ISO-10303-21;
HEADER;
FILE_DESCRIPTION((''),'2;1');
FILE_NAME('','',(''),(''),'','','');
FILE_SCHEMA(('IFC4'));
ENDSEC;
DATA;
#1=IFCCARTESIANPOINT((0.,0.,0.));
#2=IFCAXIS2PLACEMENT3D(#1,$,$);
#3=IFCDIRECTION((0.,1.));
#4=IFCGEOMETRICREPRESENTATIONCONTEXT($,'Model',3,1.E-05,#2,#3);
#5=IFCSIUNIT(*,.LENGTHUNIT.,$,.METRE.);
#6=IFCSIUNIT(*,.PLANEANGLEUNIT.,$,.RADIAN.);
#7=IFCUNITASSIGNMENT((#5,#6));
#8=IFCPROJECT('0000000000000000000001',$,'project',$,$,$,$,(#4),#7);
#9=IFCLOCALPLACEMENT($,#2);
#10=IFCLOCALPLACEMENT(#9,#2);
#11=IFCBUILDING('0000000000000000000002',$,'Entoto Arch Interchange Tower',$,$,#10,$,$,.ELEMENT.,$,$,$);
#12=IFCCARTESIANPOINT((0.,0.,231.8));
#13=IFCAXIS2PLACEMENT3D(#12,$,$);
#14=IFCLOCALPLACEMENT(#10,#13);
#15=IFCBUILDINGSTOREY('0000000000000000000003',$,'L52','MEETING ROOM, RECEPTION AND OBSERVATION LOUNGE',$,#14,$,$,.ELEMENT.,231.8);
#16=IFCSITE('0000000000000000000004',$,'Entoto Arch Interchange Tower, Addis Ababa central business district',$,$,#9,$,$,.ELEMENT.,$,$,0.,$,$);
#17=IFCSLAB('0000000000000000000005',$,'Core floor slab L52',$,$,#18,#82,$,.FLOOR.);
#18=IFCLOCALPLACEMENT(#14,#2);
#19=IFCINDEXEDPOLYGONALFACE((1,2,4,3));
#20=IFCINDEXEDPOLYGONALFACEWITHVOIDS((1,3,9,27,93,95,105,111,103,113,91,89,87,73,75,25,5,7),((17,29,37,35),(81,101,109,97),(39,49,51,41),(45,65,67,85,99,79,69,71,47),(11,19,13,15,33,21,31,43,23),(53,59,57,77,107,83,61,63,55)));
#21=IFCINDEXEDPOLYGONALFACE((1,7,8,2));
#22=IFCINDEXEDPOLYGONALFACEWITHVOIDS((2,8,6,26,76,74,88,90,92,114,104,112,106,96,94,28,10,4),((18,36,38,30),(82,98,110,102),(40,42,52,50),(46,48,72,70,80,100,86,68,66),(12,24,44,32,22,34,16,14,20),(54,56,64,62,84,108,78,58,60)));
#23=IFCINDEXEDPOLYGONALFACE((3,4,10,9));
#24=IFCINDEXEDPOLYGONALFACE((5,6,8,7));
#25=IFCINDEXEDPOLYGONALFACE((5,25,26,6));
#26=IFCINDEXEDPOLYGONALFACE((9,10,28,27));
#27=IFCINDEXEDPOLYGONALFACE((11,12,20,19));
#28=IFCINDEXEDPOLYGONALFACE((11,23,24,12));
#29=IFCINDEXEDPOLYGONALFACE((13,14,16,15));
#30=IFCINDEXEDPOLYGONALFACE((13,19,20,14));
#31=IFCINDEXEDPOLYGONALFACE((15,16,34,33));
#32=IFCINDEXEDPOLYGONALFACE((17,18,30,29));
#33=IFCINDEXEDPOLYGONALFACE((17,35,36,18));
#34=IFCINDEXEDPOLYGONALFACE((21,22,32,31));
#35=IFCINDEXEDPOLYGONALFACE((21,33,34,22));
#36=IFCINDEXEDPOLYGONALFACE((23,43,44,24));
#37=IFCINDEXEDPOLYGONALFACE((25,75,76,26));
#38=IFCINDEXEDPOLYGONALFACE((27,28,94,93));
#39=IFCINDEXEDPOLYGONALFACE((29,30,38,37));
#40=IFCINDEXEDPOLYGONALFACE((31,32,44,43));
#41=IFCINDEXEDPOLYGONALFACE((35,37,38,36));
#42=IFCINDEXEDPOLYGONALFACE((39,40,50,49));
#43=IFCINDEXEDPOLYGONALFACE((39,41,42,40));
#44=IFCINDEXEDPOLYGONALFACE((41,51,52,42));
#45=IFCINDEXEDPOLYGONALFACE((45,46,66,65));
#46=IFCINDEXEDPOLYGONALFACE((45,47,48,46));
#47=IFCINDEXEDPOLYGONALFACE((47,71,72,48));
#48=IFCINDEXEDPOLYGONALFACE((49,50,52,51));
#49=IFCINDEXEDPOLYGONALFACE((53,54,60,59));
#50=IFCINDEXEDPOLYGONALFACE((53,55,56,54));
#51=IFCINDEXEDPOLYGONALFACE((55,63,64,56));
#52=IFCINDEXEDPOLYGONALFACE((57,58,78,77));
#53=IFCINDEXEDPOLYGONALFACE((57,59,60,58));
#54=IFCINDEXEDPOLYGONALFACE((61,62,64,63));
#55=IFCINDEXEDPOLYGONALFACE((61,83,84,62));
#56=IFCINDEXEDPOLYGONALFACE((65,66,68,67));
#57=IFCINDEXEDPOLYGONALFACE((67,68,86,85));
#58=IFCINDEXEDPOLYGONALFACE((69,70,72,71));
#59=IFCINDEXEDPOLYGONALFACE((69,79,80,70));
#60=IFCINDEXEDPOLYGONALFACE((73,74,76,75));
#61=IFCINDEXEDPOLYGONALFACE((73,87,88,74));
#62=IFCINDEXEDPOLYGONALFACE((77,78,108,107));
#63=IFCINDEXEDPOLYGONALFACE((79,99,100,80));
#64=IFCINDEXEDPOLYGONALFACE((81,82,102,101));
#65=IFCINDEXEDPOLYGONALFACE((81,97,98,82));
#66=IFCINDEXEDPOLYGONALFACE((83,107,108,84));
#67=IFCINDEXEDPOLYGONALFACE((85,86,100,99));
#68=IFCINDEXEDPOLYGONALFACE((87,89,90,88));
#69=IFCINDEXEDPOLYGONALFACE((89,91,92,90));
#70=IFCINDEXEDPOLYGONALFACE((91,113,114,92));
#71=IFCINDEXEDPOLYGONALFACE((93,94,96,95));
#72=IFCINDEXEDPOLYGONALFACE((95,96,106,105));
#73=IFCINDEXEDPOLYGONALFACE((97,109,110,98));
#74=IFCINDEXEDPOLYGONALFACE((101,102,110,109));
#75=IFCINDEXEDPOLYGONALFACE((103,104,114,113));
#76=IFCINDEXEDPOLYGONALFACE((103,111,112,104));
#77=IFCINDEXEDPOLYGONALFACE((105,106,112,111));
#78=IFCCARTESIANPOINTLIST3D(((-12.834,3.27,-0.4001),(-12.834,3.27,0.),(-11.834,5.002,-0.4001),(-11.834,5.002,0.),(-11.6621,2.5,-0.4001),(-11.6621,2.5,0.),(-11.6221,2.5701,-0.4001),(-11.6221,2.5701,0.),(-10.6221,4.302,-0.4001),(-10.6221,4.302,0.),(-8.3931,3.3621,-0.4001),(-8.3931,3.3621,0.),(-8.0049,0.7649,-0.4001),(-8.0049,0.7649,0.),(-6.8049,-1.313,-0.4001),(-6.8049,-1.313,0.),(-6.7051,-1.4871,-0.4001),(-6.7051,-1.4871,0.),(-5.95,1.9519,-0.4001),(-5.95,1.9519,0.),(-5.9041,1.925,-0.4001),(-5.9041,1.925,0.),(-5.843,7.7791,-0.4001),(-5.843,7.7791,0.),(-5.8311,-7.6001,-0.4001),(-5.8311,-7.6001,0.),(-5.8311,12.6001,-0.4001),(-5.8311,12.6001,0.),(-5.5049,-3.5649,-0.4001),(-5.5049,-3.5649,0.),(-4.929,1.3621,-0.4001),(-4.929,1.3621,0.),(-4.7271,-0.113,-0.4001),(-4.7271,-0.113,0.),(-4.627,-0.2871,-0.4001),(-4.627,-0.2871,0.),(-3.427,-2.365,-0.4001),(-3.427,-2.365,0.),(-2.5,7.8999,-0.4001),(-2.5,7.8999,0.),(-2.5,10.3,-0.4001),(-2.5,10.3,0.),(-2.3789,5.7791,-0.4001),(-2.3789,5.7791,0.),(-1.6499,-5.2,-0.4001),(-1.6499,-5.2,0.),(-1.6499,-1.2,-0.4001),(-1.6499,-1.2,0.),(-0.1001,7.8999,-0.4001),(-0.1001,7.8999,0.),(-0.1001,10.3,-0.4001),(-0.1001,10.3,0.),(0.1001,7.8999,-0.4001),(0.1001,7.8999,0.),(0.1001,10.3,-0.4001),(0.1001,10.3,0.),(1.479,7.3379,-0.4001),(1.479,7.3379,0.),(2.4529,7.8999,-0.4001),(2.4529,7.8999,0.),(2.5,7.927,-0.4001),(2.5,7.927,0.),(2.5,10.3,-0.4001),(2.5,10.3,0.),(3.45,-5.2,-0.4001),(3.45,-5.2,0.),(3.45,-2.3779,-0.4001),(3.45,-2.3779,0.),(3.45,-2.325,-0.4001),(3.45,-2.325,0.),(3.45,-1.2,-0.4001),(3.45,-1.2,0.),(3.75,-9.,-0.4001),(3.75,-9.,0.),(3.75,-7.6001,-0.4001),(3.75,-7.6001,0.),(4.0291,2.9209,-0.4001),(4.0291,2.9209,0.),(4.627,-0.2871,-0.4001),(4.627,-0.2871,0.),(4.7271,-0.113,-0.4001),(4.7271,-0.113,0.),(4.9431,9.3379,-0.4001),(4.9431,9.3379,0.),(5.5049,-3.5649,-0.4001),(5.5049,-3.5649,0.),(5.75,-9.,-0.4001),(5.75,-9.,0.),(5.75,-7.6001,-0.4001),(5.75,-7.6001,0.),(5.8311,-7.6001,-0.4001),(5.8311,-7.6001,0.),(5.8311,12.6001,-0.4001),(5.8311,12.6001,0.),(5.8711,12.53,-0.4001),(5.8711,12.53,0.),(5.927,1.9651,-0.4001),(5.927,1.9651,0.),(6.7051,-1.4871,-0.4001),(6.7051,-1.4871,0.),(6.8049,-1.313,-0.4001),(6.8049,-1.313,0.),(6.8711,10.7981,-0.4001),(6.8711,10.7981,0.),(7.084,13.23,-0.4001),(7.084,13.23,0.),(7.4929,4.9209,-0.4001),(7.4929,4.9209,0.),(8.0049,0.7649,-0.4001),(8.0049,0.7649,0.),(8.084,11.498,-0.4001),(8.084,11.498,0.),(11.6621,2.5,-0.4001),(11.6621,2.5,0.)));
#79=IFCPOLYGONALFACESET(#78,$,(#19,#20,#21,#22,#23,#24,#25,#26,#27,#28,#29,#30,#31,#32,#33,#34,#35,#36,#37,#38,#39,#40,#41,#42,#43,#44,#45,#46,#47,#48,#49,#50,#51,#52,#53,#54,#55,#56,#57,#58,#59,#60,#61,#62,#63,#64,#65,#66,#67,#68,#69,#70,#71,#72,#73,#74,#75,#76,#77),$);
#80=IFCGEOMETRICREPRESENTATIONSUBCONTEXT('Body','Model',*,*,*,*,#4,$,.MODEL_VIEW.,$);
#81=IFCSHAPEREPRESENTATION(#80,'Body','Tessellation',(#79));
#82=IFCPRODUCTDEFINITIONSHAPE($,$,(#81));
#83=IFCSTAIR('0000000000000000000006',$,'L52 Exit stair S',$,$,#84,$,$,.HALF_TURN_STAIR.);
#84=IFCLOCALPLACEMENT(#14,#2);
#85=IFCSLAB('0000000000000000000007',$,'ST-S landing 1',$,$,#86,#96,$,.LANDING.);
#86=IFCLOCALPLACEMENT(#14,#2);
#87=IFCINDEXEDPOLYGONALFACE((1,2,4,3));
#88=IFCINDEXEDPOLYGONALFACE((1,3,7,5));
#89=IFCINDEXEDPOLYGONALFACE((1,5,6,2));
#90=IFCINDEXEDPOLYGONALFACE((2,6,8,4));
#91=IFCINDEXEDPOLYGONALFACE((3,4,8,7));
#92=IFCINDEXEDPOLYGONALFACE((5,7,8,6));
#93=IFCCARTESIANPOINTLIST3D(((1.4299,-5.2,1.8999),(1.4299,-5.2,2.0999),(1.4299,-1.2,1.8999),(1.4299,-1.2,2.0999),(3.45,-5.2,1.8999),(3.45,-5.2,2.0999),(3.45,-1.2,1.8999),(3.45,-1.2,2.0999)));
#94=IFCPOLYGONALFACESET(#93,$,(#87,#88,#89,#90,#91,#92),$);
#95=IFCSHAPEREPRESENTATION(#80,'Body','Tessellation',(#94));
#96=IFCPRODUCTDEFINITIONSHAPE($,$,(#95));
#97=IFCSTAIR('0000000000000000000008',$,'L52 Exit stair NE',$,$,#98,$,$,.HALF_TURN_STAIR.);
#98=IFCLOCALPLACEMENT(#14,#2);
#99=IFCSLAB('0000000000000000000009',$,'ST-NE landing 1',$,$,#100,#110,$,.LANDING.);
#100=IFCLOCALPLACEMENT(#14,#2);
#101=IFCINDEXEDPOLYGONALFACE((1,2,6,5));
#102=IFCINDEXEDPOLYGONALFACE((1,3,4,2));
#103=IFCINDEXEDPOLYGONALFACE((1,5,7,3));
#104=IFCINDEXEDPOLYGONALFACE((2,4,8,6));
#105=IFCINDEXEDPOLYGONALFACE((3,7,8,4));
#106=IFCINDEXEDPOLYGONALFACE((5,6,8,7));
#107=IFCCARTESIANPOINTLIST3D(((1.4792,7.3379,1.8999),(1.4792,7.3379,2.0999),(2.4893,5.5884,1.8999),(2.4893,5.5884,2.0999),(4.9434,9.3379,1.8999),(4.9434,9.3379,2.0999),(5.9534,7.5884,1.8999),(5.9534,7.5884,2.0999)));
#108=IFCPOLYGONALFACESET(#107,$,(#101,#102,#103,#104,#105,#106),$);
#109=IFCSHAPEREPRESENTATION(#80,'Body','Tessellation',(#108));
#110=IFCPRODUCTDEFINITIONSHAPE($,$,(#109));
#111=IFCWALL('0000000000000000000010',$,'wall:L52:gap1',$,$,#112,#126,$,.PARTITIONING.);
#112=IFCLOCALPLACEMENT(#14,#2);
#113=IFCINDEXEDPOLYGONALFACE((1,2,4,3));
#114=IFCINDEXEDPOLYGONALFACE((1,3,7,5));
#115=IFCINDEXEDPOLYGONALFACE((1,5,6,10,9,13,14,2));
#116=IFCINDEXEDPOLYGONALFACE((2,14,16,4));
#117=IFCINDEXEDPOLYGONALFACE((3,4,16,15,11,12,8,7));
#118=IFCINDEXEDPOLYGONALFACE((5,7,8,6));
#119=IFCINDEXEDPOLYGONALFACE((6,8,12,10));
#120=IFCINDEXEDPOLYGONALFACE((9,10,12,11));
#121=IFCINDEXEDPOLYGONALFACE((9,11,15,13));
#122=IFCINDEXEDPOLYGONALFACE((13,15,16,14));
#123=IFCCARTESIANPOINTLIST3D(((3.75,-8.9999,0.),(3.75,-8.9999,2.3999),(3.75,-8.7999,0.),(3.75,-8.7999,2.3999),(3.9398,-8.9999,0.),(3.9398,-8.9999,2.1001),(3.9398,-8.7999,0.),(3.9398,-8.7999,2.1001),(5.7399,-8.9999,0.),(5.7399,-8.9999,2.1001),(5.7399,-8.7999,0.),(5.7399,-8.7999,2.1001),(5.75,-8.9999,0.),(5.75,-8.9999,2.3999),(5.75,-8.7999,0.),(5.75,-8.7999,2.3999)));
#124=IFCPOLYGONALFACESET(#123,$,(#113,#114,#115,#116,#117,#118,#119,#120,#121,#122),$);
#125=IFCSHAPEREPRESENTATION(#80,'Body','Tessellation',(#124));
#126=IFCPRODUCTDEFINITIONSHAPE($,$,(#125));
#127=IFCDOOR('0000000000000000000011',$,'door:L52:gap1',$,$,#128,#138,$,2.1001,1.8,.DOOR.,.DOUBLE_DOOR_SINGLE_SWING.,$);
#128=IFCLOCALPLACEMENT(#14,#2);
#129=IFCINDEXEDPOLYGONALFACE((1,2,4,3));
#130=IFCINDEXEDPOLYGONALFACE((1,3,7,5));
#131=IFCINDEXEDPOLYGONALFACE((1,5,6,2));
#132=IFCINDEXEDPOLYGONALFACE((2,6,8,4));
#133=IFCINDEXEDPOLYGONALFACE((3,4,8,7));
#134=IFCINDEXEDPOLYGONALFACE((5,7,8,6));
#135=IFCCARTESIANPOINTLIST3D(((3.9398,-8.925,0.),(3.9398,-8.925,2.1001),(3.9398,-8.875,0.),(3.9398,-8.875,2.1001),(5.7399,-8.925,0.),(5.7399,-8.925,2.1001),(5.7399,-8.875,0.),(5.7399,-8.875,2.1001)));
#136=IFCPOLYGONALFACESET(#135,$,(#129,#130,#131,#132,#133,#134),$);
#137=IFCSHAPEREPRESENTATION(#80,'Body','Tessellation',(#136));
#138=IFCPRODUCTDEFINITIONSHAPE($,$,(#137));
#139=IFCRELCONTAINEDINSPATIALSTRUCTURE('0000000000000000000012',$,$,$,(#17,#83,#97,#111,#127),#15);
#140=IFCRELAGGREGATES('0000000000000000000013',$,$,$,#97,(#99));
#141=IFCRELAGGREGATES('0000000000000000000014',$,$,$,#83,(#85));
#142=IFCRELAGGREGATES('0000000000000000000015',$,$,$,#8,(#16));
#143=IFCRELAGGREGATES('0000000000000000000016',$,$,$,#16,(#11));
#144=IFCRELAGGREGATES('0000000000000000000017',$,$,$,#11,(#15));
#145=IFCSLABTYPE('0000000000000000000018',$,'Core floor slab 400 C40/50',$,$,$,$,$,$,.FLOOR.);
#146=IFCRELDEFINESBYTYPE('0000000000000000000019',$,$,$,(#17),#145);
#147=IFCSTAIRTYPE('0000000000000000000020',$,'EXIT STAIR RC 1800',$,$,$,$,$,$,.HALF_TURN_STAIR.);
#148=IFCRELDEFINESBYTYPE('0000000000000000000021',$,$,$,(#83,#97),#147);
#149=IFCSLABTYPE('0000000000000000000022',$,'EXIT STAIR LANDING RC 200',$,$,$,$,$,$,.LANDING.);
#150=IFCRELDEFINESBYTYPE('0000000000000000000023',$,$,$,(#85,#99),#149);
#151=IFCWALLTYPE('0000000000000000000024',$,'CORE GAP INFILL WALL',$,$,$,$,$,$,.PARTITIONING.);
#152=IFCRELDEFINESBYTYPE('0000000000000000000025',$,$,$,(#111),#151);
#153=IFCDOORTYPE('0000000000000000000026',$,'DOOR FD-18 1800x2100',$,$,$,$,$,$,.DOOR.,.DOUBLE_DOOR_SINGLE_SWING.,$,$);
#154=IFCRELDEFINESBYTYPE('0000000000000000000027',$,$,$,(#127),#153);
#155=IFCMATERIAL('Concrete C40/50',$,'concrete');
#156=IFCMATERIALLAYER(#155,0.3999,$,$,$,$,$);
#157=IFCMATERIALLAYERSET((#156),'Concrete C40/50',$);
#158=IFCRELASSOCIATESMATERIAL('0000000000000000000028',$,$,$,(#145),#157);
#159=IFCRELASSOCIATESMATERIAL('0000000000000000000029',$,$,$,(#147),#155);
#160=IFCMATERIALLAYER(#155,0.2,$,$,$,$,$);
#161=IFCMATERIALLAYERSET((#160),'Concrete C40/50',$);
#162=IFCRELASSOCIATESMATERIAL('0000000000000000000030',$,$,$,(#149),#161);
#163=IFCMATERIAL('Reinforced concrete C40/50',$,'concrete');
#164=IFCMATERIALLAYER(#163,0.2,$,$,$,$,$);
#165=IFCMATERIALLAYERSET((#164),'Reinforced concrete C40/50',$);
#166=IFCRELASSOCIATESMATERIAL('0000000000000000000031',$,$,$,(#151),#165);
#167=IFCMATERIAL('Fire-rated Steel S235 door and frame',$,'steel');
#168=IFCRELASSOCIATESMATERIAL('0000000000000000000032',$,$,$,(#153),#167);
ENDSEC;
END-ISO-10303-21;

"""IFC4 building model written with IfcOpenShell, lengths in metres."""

from ifc_helpers import new_model, si_unit, direction, frame, frame_2d, origin, place, context, subcontext, project, spatial, polyline, rectangle, outline, extrude, material, layer, layer_set, type_object, element, fill, aggregate, save


model = new_model("IFC4")

# Units and contexts
model_context = context("Model", 3, precision=1e-05, world=origin(), true_north=direction((0.0, 1.0)))
body_context = subcontext(model_context, "Body", "Model", "MODEL_VIEW")
ifc_project = project(units=[si_unit("LENGTHUNIT", "METRE"), si_unit("PLANEANGLEUNIT", "RADIAN")], contexts=[model_context])

# Site, building, storey
site_placement = place(None, origin())
site = spatial("IfcSite", under=ifc_project, at=site_placement, Name="Entoto Arch Interchange Tower, Addis Ababa central business district", CompositionType="ELEMENT", RefElevation=0.0)
building_placement = place(site_placement, origin())
building = spatial("IfcBuilding", under=site, at=building_placement, Name="Entoto Arch Interchange Tower", CompositionType="ELEMENT")
storey_placement = place(building_placement, frame((0.0, 0.0, 231.8)))
storey = spatial("IfcBuildingStorey", under=building, at=storey_placement, Name="L52", Description="MEETING ROOM, RECEPTION AND OBSERVATION LOUNGE", CompositionType="ELEMENT", Elevation=231.8)

# Slab
ifc_material_1 = material(Name="Concrete C40/50", Category="concrete")
ifc_layer_1 = layer(ifc_material_1, 0.3999)
ifc_layer_set_1 = layer_set([ifc_layer_1], Name="Concrete C40/50")
slab_type_1 = type_object("IfcSlabType", Name="Core floor slab 400 C40/50", PredefinedType="FLOOR", material=ifc_layer_set_1)
slab_1_placement = place(storey_placement, frame((0.0, 0.0, -0.4001)))
element("IfcSlab", 1, at=slab_1_placement, inside=storey, type_object=slab_type_1, Name="Core floor slab L52", PredefinedType="FLOOR", context=body_context, shape_type="SweptSolid", body=[
    extrude(outline(polyline([(5.75, -9.0), (3.75, -9.0), (3.75, -7.6001), (-5.8311, -7.6001), (-11.6621, 2.5), (-11.6221, 2.5701), (-12.834, 3.27), (-11.834, 5.002), (-10.6221, 4.302), (-5.8311, 12.6001), (5.8311, 12.6001), (5.8711, 12.53), (7.084, 13.23), (8.084, 11.498), (6.8711, 10.7981), (11.6621, 2.5), (5.8311, -7.6001), (5.75, -7.6001), (5.75, -9.0)]), holes=[polyline([(-1.6499, -5.2), (3.45, -5.2), (3.45, -2.3779), (5.5049, -3.5649), (6.7051, -1.4871), (4.627, -0.2871), (3.45, -2.325), (3.45, -1.2), (-1.6499, -1.2), (-1.6499, -5.2)]), polyline([(-4.627, -0.2871), (-6.7051, -1.4871), (-5.5049, -3.5649), (-3.427, -2.365), (-4.627, -0.2871)]), polyline([(-5.9041, 1.925), (-4.929, 1.3621), (-2.3789, 5.7791), (-5.843, 7.7791), (-8.3931, 3.3621), (-5.95, 1.9519), (-8.0049, 0.7649), (-6.8049, -1.313), (-4.7271, -0.113), (-5.9041, 1.925)]), polyline([(4.7271, -0.113), (6.8049, -1.313), (8.0049, 0.7649), (5.927, 1.9651), (4.7271, -0.113)]), polyline([(2.5, 7.927), (2.5, 10.3), (0.1001, 10.3), (0.1001, 7.8999), (2.4529, 7.8999), (1.479, 7.3379), (4.0291, 2.9209), (7.4929, 4.9209), (4.9431, 9.3379), (2.5, 7.927)]), polyline([(-2.5, 7.8999), (-0.1001, 7.8999), (-0.1001, 10.3), (-2.5, 10.3), (-2.5, 7.8999)])]), origin(), (0.0, 0.0, 1.0), 0.4001),
])

# Stairs, slabs
stair_type = type_object("IfcStairType", Name="EXIT STAIR RC 1800", PredefinedType="HALF_TURN_STAIR", material=ifc_material_1)
stair_1_placement = place(storey_placement, origin())
stair_1 = element("IfcStair", 2, at=stair_1_placement, inside=storey, type_object=stair_type, Name="L52 Exit stair S", PredefinedType="HALF_TURN_STAIR")
ifc_layer_2 = layer(ifc_material_1, 0.2)
ifc_layer_set_2 = layer_set([ifc_layer_2], Name="Concrete C40/50")
slab_type_2 = type_object("IfcSlabType", Name="EXIT STAIR LANDING RC 200", PredefinedType="LANDING", material=ifc_layer_set_2)
slab_2_placement = place(storey_placement, frame((0.0, 0.0, 1.8999)))
slab_2 = element("IfcSlab", 3, at=slab_2_placement, type_object=slab_type_2, Name="ST-S landing 1", PredefinedType="LANDING", context=body_context, shape_type="SweptSolid", body=[
    extrude(outline(polyline([(1.4299, -5.2), (3.45, -5.2), (3.45, -1.2), (1.4299, -1.2), (1.4299, -5.2)])), origin(), (0.0, 0.0, 1.0), 0.2),
])
stair_2_placement = place(storey_placement, origin())
stair_2 = element("IfcStair", 4, at=stair_2_placement, inside=storey, type_object=stair_type, Name="L52 Exit stair NE", PredefinedType="HALF_TURN_STAIR")
slab_3_placement = place(storey_placement, frame((0.0, 0.0, 1.8999)))
slab_3 = element("IfcSlab", 5, at=slab_3_placement, type_object=slab_type_2, Name="ST-NE landing 1", PredefinedType="LANDING", context=body_context, shape_type="SweptSolid", body=[
    extrude(outline(polyline([(5.9534, 7.5884), (4.9434, 9.3379), (1.4792, 7.3379), (2.4893, 5.5884), (5.9534, 7.5884)])), origin(), (0.0, 0.0, 1.0), 0.2),
])
aggregate(stair_2, [slab_3])

# Wall, opening, door
ifc_material_2 = material(Name="Reinforced concrete C40/50", Category="concrete")
ifc_layer_3 = layer(ifc_material_2, 0.2)
ifc_layer_set_3 = layer_set([ifc_layer_3], Name="Reinforced concrete C40/50")
wall_type_1 = type_object("IfcWallType", Name="CORE GAP INFILL WALL", PredefinedType="PARTITIONING", material=ifc_layer_set_3)
wall_1_placement = place(storey_placement, frame((3.75, -8.8999, 0.0), z_axis=(0.0, 0.0, 1.0), x_axis=(1.0, 0.0, 0.0)))
wall_1 = element("IfcWall", 6, at=wall_1_placement, inside=storey, type_object=wall_type_1, Name="wall:L52:gap1", PredefinedType="PARTITIONING", context=body_context, shape_type="SweptSolid", body=[
    extrude(rectangle(XDim=2.0, YDim=0.2, at=frame_2d((1.0, 0.0))), origin(), (0.0, 0.0, 1.0), 2.3999),
])
opening_1_placement = place(wall_1_placement, frame((0.1899, 0.0, 0.0)))
opening_1 = element("IfcOpeningElement", 7, at=opening_1_placement, cuts=wall_1, PredefinedType="OPENING", context=body_context, shape_type="SweptSolid", body=[
    extrude(rectangle(XDim=1.8, YDim=2.1001, at=frame_2d((0.8999, 1.05))), frame((0.0, 0.1099, 0.0), z_axis=(0.0, -1.0, 0.0), x_axis=(1.0, 0.0, 0.0)), (0.0, 0.0, 1.0), 0.22),
])
ifc_material_3 = material(Name="Fire-rated Steel S235 door and frame", Category="steel")
door_type_1 = type_object("IfcDoorType", Name="DOOR FD-18 1800x2100", OperationType="DOUBLE_DOOR_SINGLE_SWING", PredefinedType="DOOR", material=ifc_material_3)
door_1_placement = place(opening_1_placement, origin())
door_1 = element("IfcDoor", 8, at=door_1_placement, inside=storey, type_object=door_type_1, Name="door:L52:gap1", OperationType="DOUBLE_DOOR_SINGLE_SWING", OverallHeight=2.1001, OverallWidth=1.8, PredefinedType="DOOR", context=body_context, shape_type="SweptSolid", body=[
    extrude(rectangle(XDim=1.8, YDim=2.1001, at=frame_2d((0.8999, 1.05))), frame((0.0, 0.0249, 0.0), z_axis=(0.0, -1.0, 0.0), x_axis=(1.0, 0.0, 0.0)), (0.0, 0.0, 1.0), 0.05),
])
fill(opening_1, door_1)

aggregate(stair_1, [slab_2])

save(model, "model.ifc")
